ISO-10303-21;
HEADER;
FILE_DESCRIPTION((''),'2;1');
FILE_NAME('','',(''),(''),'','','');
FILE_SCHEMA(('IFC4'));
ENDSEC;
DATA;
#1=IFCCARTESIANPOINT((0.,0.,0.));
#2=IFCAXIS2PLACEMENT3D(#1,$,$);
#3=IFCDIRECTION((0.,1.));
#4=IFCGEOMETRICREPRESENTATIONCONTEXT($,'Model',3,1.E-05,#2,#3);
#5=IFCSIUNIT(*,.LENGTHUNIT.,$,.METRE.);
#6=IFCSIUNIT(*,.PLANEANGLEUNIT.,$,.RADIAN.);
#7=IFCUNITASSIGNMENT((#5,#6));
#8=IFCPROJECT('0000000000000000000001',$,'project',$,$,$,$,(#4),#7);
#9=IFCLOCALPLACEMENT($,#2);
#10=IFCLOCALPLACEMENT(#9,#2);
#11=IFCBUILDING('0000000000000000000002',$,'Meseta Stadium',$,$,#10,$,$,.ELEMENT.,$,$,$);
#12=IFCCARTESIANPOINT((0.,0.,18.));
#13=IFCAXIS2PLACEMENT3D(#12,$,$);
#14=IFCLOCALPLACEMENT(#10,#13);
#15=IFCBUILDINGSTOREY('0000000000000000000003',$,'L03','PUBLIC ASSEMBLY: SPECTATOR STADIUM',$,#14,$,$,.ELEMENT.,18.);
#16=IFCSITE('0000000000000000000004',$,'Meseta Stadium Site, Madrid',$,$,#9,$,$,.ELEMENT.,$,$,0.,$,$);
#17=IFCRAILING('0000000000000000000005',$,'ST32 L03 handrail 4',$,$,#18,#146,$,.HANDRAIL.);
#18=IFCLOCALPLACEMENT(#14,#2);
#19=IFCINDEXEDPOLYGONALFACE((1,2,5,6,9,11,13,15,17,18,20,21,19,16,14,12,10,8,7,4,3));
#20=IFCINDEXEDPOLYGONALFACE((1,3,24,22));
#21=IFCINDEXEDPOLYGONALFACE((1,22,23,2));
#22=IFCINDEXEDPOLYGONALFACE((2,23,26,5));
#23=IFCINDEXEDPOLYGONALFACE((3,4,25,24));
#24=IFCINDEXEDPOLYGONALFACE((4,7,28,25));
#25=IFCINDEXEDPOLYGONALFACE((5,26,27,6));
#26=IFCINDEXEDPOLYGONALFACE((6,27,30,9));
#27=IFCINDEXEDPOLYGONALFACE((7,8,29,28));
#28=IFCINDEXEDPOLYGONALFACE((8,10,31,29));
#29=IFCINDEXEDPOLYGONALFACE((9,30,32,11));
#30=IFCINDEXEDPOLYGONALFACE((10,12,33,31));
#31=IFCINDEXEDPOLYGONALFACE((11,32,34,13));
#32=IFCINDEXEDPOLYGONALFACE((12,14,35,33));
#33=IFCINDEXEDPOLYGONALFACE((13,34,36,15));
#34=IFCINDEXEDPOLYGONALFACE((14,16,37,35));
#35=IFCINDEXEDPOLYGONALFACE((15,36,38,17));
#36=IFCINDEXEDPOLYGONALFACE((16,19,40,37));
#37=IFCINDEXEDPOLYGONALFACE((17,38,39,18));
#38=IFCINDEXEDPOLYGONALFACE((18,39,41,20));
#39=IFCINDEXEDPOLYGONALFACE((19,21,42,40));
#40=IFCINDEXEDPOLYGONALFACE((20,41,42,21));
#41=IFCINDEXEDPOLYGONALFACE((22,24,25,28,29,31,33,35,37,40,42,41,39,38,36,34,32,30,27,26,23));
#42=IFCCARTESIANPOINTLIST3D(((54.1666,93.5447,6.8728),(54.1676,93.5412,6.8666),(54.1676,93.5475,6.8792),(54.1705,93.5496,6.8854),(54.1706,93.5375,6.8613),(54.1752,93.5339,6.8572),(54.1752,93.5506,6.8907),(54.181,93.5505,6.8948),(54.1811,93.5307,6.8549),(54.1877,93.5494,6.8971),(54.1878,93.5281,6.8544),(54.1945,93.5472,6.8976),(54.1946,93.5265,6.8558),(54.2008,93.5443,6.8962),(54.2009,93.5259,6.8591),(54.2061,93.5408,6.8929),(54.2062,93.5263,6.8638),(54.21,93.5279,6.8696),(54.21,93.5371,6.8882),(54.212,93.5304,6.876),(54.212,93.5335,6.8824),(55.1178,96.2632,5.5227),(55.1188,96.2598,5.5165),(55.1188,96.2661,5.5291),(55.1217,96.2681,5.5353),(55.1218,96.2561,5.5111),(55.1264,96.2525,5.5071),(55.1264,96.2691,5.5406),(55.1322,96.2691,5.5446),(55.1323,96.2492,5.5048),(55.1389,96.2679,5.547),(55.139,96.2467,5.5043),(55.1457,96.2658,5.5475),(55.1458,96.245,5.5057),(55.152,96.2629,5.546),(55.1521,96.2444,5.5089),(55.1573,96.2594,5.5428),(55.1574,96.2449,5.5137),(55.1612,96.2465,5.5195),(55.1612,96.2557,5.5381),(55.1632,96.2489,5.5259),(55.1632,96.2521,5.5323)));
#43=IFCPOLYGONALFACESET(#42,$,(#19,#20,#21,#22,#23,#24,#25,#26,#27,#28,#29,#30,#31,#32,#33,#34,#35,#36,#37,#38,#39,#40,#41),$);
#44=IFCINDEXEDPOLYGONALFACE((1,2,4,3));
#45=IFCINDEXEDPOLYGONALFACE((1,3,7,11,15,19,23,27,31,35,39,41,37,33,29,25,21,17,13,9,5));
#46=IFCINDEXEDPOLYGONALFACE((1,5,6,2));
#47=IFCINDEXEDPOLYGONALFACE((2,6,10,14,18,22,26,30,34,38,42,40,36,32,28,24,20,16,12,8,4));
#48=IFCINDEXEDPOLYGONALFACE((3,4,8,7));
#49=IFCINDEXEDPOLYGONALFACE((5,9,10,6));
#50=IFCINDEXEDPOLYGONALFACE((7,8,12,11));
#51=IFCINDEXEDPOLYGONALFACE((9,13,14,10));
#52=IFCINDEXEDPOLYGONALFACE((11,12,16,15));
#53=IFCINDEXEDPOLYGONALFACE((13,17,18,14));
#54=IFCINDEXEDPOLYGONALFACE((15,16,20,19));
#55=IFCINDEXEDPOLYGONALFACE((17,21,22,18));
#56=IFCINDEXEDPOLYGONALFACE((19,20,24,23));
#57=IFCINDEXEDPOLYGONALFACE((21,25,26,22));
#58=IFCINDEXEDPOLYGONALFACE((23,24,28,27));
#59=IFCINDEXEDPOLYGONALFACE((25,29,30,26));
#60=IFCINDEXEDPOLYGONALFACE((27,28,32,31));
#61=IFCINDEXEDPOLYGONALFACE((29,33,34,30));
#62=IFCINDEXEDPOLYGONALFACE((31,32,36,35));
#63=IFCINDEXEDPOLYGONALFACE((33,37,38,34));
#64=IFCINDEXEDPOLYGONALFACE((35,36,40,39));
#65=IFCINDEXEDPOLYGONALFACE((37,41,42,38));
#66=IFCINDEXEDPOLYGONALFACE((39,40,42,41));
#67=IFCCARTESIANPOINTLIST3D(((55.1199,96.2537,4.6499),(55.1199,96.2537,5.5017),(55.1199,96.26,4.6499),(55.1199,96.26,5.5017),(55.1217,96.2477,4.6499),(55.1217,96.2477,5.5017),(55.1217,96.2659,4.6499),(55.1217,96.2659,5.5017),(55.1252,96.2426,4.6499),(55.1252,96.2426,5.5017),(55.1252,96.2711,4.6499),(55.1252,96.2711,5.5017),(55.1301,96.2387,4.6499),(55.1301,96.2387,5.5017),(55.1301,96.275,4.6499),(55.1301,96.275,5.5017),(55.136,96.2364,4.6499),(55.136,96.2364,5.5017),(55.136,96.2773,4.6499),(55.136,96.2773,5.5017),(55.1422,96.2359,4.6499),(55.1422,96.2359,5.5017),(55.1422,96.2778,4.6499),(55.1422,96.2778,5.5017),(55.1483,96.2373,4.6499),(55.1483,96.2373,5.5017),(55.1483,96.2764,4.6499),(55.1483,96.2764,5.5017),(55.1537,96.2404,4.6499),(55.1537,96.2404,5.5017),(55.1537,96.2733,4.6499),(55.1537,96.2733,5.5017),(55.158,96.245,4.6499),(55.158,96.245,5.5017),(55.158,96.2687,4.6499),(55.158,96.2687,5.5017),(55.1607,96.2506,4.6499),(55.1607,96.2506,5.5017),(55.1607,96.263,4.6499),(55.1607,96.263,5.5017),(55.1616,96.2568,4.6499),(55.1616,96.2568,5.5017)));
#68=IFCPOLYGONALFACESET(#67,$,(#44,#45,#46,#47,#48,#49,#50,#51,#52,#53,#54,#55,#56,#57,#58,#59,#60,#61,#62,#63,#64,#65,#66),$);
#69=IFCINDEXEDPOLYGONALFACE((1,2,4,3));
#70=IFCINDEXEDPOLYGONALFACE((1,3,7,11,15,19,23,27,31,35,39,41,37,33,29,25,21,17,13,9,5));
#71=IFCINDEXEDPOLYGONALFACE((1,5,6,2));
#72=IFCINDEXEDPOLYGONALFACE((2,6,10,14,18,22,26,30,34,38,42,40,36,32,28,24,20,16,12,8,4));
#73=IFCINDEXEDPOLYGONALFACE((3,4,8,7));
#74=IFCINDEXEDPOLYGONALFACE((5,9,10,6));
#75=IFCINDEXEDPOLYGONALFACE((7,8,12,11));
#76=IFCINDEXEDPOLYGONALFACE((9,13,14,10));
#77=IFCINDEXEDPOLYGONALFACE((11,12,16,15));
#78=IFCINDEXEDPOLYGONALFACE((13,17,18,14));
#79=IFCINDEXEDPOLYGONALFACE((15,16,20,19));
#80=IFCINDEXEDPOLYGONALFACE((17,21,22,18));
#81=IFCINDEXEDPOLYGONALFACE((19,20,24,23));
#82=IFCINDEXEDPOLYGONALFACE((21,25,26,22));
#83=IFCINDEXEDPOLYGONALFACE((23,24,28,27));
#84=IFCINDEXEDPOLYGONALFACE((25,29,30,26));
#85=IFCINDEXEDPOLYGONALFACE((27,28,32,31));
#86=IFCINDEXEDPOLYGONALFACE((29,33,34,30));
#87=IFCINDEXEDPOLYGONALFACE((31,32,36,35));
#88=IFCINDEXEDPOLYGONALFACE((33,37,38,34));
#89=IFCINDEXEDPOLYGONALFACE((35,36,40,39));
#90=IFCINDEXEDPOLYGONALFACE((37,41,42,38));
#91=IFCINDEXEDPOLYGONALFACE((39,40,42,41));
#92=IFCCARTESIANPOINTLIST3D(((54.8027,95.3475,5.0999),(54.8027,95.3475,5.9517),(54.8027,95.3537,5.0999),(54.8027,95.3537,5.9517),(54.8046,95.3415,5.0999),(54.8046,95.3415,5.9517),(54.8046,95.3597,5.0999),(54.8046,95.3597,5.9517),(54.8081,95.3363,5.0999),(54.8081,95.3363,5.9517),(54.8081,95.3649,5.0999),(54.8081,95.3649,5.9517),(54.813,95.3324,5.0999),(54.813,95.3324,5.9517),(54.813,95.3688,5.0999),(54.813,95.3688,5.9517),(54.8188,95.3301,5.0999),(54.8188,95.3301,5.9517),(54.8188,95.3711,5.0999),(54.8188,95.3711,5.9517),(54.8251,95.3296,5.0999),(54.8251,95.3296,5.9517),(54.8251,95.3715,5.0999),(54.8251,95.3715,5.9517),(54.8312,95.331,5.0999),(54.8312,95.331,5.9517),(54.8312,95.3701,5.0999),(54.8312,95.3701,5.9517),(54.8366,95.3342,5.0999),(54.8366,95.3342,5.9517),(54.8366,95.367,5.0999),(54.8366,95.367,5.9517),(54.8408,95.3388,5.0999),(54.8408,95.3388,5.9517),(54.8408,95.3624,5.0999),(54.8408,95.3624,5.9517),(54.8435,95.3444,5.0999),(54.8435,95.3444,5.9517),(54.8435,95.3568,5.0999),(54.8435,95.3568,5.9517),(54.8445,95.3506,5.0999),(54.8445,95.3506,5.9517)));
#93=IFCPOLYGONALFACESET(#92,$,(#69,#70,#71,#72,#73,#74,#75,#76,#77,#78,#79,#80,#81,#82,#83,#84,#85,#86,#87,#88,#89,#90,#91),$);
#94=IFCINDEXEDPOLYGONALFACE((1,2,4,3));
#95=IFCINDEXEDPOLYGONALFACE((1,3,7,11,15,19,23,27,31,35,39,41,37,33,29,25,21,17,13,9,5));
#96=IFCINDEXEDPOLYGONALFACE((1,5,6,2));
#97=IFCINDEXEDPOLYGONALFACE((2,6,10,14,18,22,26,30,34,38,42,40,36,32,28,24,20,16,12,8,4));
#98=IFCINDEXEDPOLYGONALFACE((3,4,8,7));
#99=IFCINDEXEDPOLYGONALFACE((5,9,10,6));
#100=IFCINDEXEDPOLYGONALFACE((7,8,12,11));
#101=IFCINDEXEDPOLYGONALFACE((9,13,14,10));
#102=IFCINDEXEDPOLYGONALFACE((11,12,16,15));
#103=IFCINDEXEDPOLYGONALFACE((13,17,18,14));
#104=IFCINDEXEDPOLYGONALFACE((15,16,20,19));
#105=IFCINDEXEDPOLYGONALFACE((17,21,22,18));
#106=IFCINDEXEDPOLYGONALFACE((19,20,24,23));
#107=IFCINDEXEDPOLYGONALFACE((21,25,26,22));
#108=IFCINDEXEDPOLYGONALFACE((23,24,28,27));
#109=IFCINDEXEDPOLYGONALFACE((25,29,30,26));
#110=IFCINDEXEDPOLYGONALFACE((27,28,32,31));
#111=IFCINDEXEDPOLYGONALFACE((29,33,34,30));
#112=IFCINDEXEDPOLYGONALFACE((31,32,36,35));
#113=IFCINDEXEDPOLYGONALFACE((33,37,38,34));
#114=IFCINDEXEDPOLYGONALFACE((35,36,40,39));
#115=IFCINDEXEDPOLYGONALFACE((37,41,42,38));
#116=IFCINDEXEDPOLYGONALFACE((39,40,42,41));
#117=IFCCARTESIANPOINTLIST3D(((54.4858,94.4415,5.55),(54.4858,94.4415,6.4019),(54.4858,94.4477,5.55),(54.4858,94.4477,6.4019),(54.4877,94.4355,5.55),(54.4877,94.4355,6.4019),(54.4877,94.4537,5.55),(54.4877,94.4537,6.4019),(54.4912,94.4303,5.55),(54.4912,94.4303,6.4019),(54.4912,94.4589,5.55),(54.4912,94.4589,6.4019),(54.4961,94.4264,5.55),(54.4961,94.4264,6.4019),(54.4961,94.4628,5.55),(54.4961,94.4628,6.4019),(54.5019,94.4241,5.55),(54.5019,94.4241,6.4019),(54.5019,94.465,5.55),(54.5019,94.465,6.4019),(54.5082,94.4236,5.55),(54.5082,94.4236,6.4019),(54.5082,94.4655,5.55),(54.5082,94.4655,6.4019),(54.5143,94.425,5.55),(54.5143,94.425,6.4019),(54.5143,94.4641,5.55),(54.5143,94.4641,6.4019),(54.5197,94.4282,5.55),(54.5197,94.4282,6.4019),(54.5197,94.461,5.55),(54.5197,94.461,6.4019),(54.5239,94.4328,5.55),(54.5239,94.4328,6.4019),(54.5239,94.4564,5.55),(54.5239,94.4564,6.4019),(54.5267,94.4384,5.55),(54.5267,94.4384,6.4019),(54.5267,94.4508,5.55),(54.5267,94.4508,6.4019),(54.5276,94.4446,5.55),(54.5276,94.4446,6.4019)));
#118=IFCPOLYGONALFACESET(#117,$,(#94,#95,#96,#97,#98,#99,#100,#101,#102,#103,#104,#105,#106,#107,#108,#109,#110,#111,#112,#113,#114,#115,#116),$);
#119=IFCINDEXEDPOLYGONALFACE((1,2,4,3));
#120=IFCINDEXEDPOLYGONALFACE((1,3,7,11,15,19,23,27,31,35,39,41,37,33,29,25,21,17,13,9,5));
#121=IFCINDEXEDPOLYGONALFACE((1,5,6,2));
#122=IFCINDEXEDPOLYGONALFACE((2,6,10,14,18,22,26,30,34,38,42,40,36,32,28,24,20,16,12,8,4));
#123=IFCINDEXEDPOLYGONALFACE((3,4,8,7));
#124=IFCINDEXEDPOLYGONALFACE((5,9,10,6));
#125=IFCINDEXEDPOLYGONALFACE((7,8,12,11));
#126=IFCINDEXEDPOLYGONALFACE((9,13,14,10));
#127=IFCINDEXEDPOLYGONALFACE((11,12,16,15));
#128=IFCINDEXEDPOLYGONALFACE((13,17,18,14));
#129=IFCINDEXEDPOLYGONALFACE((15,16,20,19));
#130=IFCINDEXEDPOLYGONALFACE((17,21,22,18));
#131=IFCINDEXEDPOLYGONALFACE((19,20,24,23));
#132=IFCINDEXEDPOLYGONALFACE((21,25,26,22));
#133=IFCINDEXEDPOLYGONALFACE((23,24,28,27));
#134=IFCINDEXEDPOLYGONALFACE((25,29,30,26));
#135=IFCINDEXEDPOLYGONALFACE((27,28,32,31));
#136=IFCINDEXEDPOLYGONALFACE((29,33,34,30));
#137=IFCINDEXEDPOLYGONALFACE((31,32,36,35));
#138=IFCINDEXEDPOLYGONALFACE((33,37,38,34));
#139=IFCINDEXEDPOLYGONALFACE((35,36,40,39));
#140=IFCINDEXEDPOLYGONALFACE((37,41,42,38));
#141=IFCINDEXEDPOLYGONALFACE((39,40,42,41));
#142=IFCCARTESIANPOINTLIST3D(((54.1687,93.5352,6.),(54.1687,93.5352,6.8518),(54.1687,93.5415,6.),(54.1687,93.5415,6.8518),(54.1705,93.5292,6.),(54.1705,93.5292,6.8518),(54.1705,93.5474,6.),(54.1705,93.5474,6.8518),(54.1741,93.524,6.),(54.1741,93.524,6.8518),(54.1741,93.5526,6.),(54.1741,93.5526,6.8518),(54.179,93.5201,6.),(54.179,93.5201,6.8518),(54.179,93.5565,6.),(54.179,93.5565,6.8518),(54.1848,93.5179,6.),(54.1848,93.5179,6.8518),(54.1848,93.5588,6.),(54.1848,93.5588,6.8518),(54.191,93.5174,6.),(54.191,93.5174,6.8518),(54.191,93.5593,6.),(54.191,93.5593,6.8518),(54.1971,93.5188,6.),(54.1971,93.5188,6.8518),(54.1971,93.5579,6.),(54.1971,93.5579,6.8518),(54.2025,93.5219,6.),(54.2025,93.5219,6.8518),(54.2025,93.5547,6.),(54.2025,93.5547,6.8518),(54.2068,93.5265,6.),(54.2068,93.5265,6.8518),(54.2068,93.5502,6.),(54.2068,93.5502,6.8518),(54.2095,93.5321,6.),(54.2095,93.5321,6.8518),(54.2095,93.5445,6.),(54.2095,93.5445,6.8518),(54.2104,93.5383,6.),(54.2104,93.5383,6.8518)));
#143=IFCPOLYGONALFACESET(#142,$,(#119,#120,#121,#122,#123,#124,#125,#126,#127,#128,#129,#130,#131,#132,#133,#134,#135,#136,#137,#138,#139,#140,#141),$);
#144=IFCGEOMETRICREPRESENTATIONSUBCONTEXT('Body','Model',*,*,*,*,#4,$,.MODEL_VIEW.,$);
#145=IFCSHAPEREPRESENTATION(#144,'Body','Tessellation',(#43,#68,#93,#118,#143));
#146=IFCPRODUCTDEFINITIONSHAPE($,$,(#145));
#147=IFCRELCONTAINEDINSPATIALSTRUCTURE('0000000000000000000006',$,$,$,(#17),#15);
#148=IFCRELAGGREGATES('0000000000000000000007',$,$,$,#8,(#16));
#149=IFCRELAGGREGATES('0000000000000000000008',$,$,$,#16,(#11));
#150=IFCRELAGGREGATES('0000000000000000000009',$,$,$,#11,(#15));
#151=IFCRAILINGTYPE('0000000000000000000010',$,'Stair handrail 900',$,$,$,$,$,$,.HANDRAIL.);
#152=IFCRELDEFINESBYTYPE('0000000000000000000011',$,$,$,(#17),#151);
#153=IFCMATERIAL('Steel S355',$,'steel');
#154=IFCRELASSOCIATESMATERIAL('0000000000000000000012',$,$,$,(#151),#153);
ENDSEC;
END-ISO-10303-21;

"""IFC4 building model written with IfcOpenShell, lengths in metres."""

from ifc_helpers import new_model, si_unit, direction, frame, origin, origin_2d, place, context, subcontext, project, spatial, circle, extrude, material, type_object, element, save


model = new_model("IFC4")

# Units and contexts
model_context = context("Model", 3, precision=1e-05, world=origin(), true_north=direction((0.0, 1.0)))
body_context = subcontext(model_context, "Body", "Model", "MODEL_VIEW")
ifc_project = project(units=[si_unit("LENGTHUNIT", "METRE"), si_unit("PLANEANGLEUNIT", "RADIAN")], contexts=[model_context])

# Site, building, storey
site_placement = place(None, origin())
site = spatial("IfcSite", under=ifc_project, at=site_placement, Name="Meseta Stadium Site, Madrid", CompositionType="ELEMENT", RefElevation=0.0)
building_placement = place(site_placement, origin())
building = spatial("IfcBuilding", under=site, at=building_placement, Name="Meseta Stadium", CompositionType="ELEMENT")
storey_placement = place(building_placement, frame((0.0, 0.0, 18.0)))
storey = spatial("IfcBuildingStorey", under=building, at=storey_placement, Name="L03", Description="PUBLIC ASSEMBLY: SPECTATOR STADIUM", CompositionType="ELEMENT", Elevation=18.0)

# Railing
ifc_material_1 = material(Name="Steel S355", Category="steel")
railing_type_1 = type_object("IfcRailingType", Name="Stair handrail 900", PredefinedType="HANDRAIL", material=ifc_material_1)
for number, where, name in (
    (1, (55.1406, 96.2568, 4.6499), "ST32 L03 handrail 4"),
):
    element("IfcRailing", number, at=place(storey_placement, frame(where)), inside=storey, type_object=railing_type_1, Name=name, PredefinedType="HANDRAIL", context=body_context, shape_type="SweptSolid", body=[
        extrude(circle(Radius=0.0239, at=origin_2d()), frame((0.0, 0.0, 0.876), z_axis=(-0.299031, -0.854649, 0.424446), x_axis=(0.943891, -0.330256, 0.0)), (0.0, 0.0, 1.0), 3.1809),
        extrude(circle(Radius=0.021, at=origin_2d()), origin(), (0.0, 0.0, 1.0), 0.8518),
        extrude(circle(Radius=0.021, at=origin_2d()), frame((-0.3171, -0.9062, 0.45)), (0.0, 0.0, 1.0), 0.8518),
        extrude(circle(Radius=0.021, at=origin_2d()), frame((-0.634, -1.8123, 0.9001)), (0.0, 0.0, 1.0), 0.8518),
        extrude(circle(Radius=0.021, at=origin_2d()), frame((-0.9512, -2.7185, 1.3501)), (0.0, 0.0, 1.0), 0.8518),
    ])

save(model, "model.ifc")
